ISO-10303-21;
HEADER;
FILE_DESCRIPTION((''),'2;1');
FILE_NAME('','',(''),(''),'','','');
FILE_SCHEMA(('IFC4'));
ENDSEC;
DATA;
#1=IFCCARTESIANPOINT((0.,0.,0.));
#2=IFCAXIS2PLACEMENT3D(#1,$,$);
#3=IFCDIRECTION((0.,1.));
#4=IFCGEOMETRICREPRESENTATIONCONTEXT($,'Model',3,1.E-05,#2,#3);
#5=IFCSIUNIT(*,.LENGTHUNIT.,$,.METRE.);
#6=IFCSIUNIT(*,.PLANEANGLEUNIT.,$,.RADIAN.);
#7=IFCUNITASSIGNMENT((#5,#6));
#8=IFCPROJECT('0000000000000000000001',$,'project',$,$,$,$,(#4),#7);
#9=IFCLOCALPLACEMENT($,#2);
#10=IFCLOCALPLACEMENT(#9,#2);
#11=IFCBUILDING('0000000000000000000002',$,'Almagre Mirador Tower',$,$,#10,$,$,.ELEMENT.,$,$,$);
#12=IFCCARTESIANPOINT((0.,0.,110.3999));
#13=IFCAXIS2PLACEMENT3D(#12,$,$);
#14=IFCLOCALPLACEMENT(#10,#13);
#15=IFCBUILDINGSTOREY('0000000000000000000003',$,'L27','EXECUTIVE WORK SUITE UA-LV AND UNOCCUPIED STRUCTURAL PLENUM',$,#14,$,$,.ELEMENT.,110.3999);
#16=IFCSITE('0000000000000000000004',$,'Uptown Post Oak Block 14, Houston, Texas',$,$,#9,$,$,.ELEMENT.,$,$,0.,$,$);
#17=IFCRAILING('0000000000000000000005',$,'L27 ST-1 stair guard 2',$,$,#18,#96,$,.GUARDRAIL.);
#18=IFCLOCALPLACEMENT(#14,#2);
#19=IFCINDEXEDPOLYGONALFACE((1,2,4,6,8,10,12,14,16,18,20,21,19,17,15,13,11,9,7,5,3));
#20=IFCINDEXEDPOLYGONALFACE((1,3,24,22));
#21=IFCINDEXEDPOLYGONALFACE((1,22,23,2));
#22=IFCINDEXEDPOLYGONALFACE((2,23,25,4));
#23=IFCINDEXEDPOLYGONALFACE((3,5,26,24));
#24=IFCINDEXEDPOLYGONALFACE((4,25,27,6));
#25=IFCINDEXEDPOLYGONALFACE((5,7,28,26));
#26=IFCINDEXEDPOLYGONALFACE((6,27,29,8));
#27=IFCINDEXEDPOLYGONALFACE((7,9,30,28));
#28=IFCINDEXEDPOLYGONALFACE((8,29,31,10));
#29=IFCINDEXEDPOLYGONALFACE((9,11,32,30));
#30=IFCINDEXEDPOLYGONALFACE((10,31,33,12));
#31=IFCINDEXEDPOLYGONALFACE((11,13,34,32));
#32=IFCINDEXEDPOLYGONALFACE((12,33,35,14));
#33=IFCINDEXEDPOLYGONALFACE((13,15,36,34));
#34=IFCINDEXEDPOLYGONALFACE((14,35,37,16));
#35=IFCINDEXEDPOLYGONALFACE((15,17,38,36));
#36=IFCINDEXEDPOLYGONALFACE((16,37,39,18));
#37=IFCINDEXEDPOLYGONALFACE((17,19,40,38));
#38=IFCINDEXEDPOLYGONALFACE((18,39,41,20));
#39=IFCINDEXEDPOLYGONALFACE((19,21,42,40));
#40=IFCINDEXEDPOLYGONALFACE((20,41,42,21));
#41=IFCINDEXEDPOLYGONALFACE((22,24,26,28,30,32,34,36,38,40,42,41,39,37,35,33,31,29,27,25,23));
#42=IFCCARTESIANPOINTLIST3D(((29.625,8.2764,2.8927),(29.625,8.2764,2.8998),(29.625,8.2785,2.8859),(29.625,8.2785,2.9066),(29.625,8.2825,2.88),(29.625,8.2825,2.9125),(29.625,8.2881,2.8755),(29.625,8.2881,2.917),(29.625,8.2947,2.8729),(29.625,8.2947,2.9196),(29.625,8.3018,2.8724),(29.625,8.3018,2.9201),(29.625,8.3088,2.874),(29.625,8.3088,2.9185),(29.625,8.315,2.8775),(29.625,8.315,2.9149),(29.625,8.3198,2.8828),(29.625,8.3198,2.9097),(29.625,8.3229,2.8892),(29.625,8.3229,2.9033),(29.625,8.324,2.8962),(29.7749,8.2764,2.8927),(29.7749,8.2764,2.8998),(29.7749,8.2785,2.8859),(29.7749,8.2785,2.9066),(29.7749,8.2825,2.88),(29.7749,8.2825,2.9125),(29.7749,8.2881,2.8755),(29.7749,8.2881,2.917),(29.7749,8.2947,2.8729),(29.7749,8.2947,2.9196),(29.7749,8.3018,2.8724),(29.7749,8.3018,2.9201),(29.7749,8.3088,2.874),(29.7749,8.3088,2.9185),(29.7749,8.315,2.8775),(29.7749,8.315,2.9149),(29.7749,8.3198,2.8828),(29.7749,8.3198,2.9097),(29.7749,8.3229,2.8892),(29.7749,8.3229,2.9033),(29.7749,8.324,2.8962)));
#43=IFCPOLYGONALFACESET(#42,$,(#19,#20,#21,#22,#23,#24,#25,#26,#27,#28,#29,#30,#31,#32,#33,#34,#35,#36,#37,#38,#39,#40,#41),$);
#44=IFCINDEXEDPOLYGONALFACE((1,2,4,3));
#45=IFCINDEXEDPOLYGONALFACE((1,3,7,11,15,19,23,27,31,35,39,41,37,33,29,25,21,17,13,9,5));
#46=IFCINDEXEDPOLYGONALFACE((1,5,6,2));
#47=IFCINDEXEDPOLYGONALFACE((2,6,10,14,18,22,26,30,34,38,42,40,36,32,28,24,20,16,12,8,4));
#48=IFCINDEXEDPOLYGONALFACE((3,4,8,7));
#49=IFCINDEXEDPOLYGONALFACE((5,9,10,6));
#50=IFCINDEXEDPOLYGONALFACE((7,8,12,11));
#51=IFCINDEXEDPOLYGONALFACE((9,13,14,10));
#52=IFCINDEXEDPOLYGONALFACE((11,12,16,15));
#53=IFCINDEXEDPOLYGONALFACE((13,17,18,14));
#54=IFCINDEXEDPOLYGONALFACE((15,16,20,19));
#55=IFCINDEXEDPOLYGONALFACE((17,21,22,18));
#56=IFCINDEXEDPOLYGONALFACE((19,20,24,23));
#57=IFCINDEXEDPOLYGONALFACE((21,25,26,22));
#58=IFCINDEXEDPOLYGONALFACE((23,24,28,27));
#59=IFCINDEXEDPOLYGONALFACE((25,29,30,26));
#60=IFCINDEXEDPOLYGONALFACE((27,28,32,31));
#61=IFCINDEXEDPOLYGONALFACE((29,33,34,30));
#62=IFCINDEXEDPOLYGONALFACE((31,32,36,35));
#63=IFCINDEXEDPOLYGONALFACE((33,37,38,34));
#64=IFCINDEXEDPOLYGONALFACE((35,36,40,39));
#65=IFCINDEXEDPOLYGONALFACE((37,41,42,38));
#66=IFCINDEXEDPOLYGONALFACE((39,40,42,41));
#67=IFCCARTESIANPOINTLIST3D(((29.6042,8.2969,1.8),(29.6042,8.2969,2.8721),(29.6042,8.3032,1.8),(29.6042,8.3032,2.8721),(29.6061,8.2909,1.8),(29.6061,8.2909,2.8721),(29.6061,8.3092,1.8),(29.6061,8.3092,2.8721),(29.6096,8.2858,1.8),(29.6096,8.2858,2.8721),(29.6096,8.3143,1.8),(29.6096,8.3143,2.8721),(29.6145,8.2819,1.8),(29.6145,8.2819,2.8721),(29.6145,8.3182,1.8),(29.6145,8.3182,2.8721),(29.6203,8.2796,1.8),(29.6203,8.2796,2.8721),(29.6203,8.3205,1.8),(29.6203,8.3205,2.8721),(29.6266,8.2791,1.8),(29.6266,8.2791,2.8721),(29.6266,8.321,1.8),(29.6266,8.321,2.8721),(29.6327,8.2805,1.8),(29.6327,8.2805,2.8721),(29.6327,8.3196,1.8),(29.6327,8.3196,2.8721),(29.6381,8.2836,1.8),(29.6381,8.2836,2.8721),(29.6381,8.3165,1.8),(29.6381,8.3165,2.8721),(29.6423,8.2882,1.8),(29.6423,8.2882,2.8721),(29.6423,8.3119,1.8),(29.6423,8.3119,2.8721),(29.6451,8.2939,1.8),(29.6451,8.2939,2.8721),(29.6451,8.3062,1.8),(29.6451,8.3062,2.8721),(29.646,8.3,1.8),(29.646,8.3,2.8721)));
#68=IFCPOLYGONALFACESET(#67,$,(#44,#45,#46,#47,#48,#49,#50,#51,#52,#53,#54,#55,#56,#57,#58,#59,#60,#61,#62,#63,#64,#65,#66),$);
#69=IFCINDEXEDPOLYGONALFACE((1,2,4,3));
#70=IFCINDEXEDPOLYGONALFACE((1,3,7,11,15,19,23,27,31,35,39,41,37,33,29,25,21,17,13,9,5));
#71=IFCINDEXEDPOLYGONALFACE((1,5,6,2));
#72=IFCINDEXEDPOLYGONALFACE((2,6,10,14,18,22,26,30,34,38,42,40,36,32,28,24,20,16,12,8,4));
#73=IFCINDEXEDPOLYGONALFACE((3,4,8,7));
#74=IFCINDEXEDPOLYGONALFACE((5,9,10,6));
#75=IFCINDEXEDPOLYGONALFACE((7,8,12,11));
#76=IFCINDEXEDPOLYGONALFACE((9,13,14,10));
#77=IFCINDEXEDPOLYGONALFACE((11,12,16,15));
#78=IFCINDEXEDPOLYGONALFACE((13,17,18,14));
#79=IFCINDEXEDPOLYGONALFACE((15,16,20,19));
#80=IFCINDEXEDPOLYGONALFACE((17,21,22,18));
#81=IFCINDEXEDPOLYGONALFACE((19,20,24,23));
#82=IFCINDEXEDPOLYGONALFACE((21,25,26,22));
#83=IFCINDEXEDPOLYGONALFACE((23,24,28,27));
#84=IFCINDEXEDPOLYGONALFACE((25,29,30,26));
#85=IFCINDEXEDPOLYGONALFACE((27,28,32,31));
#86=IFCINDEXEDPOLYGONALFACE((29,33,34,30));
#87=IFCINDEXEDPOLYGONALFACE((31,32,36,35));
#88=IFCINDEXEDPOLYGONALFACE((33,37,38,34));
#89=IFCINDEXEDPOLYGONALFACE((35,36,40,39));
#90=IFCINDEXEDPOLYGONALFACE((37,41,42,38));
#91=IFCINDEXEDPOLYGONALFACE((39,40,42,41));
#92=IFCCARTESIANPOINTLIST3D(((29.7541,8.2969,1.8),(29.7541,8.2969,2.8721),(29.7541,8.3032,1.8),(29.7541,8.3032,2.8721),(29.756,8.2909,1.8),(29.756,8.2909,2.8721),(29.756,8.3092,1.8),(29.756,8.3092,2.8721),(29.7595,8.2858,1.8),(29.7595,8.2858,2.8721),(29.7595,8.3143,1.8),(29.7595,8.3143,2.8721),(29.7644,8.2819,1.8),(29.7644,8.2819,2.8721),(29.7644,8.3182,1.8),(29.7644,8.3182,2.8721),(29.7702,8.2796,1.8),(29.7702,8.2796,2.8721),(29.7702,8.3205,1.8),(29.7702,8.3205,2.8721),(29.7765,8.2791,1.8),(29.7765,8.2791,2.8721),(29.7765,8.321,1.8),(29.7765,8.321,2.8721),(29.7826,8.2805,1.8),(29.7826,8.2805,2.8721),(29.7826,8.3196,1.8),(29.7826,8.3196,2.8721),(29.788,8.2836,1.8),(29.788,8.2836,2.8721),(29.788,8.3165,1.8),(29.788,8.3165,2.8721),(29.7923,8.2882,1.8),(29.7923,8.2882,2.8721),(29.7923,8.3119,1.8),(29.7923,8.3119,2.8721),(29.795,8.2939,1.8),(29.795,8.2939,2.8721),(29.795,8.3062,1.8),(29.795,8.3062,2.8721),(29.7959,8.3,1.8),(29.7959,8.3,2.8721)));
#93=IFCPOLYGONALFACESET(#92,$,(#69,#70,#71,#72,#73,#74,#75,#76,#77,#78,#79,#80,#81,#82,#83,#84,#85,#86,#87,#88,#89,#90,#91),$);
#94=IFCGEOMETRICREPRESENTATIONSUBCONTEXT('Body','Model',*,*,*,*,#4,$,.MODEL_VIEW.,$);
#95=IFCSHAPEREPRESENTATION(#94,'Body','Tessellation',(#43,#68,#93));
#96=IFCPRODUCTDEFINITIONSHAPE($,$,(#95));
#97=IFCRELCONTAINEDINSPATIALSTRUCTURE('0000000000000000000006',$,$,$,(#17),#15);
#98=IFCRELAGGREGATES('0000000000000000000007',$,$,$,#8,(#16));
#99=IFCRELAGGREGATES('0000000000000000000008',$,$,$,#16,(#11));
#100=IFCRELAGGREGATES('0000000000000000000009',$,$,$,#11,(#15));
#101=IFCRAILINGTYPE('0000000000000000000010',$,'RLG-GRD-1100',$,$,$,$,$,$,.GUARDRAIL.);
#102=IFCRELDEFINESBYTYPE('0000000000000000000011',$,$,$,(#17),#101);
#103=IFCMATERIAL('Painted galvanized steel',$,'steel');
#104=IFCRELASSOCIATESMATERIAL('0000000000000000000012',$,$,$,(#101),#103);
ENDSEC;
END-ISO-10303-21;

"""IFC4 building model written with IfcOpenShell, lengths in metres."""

from ifc_helpers import new_model, si_unit, direction, frame, origin, origin_2d, place, context, subcontext, project, spatial, circle, extrude, material, type_object, element, save


model = new_model("IFC4")

# Units and contexts
model_context = context("Model", 3, precision=1e-05, world=origin(), true_north=direction((0.0, 1.0)))
body_context = subcontext(model_context, "Body", "Model", "MODEL_VIEW")
ifc_project = project(units=[si_unit("LENGTHUNIT", "METRE"), si_unit("PLANEANGLEUNIT", "RADIAN")], contexts=[model_context])

# Site, building, storey
site_placement = place(None, origin())
site = spatial("IfcSite", under=ifc_project, at=site_placement, Name="Uptown Post Oak Block 14, Houston, Texas", CompositionType="ELEMENT", RefElevation=0.0)
building_placement = place(site_placement, origin())
building = spatial("IfcBuilding", under=site, at=building_placement, Name="Almagre Mirador Tower", CompositionType="ELEMENT")
storey_placement = place(building_placement, frame((0.0, 0.0, 110.3999)))
storey = spatial("IfcBuildingStorey", under=building, at=storey_placement, Name="L27", Description="EXECUTIVE WORK SUITE UA-LV AND UNOCCUPIED STRUCTURAL PLENUM", CompositionType="ELEMENT", Elevation=110.3999)

# Railing
ifc_material_1 = material(Name="Painted galvanized steel", Category="steel")
railing_type_1 = type_object("IfcRailingType", Name="RLG-GRD-1100", PredefinedType="GUARDRAIL", material=ifc_material_1)
railing_1_placement = place(storey_placement, frame((29.625, 8.3, 1.8)))
element("IfcRailing", 1, at=railing_1_placement, inside=storey, type_object=railing_type_1, Name="L27 ST-1 stair guard 2", PredefinedType="GUARDRAIL", context=body_context, shape_type="SweptSolid", body=[
    extrude(circle(Radius=0.0239, at=origin_2d()), frame((0.0, 0.0, 1.0962), z_axis=(1.0, 0.0, 0.0), x_axis=(0.0, 1.0, 0.0)), (0.0, 0.0, 1.0), 0.1499),
    extrude(circle(Radius=0.021, at=origin_2d()), origin(), (0.0, 0.0, 1.0), 1.072),
    extrude(circle(Radius=0.021, at=origin_2d()), frame((0.1499, 0.0, 0.0)), (0.0, 0.0, 1.0), 1.072),
])

save(model, "model.ifc")
